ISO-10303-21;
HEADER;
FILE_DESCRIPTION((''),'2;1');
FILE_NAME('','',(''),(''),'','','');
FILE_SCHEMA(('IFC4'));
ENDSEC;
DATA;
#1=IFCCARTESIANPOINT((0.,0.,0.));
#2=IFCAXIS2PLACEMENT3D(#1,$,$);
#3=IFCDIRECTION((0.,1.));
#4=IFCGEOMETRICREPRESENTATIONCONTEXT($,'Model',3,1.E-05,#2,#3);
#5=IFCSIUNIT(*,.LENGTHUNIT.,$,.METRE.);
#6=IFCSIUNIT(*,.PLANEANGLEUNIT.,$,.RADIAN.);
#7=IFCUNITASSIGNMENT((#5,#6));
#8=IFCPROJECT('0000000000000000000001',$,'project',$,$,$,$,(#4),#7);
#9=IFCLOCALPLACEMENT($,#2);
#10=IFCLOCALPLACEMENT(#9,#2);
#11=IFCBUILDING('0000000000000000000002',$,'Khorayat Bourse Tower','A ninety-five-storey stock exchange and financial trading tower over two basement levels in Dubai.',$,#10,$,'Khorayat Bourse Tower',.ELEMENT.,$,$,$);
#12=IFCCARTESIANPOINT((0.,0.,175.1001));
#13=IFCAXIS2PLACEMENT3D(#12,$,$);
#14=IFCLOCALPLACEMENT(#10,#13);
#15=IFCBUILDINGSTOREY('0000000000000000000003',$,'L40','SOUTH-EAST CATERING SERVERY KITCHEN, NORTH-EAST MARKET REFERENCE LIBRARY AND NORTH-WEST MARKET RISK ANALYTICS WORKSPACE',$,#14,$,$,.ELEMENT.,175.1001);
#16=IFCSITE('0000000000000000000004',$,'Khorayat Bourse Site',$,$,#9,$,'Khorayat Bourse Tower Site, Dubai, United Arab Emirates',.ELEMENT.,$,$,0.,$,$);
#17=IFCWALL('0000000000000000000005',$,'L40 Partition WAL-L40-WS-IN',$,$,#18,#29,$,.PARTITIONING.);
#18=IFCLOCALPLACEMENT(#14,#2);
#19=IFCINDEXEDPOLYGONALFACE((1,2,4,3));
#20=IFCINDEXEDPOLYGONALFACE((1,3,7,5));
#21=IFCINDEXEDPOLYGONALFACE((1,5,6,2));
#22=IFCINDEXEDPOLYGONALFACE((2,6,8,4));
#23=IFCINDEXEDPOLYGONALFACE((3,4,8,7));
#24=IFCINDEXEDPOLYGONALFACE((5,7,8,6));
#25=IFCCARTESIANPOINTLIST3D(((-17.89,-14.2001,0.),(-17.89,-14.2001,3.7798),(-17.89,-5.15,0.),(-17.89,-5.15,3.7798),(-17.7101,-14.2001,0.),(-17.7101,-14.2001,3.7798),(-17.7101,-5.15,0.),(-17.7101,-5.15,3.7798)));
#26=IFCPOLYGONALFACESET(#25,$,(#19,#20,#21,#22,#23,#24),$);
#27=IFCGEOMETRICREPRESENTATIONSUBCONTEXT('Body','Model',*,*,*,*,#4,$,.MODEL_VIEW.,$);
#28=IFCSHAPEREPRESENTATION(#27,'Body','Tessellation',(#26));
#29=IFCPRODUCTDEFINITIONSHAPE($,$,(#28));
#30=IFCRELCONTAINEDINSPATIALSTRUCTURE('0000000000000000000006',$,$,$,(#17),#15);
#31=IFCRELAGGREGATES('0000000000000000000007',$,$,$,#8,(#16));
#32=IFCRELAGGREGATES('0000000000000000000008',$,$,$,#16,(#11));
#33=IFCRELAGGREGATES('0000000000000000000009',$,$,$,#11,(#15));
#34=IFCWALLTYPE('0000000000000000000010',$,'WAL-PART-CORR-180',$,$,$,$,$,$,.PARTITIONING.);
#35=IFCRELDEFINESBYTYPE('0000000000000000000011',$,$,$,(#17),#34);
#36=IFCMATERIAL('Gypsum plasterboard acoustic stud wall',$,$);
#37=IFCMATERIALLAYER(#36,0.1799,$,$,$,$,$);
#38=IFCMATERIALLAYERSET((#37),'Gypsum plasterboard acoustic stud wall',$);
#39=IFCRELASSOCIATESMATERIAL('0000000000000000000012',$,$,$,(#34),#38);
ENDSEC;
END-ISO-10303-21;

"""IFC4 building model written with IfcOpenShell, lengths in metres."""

from ifc_helpers import new_model, si_unit, direction, frame, frame_2d, origin, place, context, subcontext, project, spatial, rectangle, extrude, source, transform, mapped, material, layer, layer_set, type_object, element, save


model = new_model("IFC4")

# Units and contexts
model_context = context("Model", 3, precision=1e-05, world=origin(), true_north=direction((0.0, 1.0)))
body_context = subcontext(model_context, "Body", "Model", "MODEL_VIEW")
ifc_project = project(units=[si_unit("LENGTHUNIT", "METRE"), si_unit("PLANEANGLEUNIT", "RADIAN")], contexts=[model_context])

# Site, building, storey
site_placement = place(None, origin())
site = spatial("IfcSite", under=ifc_project, at=site_placement, Name="Khorayat Bourse Site", LongName="Khorayat Bourse Tower Site, Dubai, United Arab Emirates", CompositionType="ELEMENT", RefElevation=0.0)
building_placement = place(site_placement, origin())
building = spatial("IfcBuilding", under=site, at=building_placement, Name="Khorayat Bourse Tower", Description="A ninety-five-storey stock exchange and financial trading tower over two basement levels in Dubai.", LongName="Khorayat Bourse Tower", CompositionType="ELEMENT")
storey_placement = place(building_placement, frame((0.0, 0.0, 175.1001)))
storey = spatial("IfcBuildingStorey", under=building, at=storey_placement, Name="L40", Description="SOUTH-EAST CATERING SERVERY KITCHEN, NORTH-EAST MARKET REFERENCE LIBRARY AND NORTH-WEST MARKET RISK ANALYTICS WORKSPACE", CompositionType="ELEMENT", Elevation=175.1001)

# Shared definitions
ifc_material_1 = material(Name="Gypsum plasterboard acoustic stud wall")
ifc_layer_1 = layer(ifc_material_1, 0.1799)
ifc_layer_set_1 = layer_set([ifc_layer_1], Name="Gypsum plasterboard acoustic stud wall")
wall_type_1 = type_object("IfcWallType", Name="WAL-PART-CORR-180", PredefinedType="PARTITIONING", material=ifc_layer_set_1)

# Wall
shared_shape_1 = source(origin(), body_context, "Body", "SweptSolid", [
    extrude(rectangle(XDim=9.05, YDim=0.1799, at=frame_2d((4.5249, 0.0))), origin(), (0.0, 0.0, 1.0), 3.7798),
])
wall_1_placement = place(storey_placement, frame((-17.8, -14.2, 0.0), z_axis=(0.0, 0.0, 1.0), x_axis=(0.0, 1.0, 0.0)))
element("IfcWall", 1, at=wall_1_placement, inside=storey, type_object=wall_type_1, Name="L40 Partition WAL-L40-WS-IN", PredefinedType="PARTITIONING", context=body_context, shape_type="MappedRepresentation", body=[
    mapped(shared_shape_1, transform((0.0, 0.0, 0.0), scale=1.0)),
])

save(model, "model.ifc")
